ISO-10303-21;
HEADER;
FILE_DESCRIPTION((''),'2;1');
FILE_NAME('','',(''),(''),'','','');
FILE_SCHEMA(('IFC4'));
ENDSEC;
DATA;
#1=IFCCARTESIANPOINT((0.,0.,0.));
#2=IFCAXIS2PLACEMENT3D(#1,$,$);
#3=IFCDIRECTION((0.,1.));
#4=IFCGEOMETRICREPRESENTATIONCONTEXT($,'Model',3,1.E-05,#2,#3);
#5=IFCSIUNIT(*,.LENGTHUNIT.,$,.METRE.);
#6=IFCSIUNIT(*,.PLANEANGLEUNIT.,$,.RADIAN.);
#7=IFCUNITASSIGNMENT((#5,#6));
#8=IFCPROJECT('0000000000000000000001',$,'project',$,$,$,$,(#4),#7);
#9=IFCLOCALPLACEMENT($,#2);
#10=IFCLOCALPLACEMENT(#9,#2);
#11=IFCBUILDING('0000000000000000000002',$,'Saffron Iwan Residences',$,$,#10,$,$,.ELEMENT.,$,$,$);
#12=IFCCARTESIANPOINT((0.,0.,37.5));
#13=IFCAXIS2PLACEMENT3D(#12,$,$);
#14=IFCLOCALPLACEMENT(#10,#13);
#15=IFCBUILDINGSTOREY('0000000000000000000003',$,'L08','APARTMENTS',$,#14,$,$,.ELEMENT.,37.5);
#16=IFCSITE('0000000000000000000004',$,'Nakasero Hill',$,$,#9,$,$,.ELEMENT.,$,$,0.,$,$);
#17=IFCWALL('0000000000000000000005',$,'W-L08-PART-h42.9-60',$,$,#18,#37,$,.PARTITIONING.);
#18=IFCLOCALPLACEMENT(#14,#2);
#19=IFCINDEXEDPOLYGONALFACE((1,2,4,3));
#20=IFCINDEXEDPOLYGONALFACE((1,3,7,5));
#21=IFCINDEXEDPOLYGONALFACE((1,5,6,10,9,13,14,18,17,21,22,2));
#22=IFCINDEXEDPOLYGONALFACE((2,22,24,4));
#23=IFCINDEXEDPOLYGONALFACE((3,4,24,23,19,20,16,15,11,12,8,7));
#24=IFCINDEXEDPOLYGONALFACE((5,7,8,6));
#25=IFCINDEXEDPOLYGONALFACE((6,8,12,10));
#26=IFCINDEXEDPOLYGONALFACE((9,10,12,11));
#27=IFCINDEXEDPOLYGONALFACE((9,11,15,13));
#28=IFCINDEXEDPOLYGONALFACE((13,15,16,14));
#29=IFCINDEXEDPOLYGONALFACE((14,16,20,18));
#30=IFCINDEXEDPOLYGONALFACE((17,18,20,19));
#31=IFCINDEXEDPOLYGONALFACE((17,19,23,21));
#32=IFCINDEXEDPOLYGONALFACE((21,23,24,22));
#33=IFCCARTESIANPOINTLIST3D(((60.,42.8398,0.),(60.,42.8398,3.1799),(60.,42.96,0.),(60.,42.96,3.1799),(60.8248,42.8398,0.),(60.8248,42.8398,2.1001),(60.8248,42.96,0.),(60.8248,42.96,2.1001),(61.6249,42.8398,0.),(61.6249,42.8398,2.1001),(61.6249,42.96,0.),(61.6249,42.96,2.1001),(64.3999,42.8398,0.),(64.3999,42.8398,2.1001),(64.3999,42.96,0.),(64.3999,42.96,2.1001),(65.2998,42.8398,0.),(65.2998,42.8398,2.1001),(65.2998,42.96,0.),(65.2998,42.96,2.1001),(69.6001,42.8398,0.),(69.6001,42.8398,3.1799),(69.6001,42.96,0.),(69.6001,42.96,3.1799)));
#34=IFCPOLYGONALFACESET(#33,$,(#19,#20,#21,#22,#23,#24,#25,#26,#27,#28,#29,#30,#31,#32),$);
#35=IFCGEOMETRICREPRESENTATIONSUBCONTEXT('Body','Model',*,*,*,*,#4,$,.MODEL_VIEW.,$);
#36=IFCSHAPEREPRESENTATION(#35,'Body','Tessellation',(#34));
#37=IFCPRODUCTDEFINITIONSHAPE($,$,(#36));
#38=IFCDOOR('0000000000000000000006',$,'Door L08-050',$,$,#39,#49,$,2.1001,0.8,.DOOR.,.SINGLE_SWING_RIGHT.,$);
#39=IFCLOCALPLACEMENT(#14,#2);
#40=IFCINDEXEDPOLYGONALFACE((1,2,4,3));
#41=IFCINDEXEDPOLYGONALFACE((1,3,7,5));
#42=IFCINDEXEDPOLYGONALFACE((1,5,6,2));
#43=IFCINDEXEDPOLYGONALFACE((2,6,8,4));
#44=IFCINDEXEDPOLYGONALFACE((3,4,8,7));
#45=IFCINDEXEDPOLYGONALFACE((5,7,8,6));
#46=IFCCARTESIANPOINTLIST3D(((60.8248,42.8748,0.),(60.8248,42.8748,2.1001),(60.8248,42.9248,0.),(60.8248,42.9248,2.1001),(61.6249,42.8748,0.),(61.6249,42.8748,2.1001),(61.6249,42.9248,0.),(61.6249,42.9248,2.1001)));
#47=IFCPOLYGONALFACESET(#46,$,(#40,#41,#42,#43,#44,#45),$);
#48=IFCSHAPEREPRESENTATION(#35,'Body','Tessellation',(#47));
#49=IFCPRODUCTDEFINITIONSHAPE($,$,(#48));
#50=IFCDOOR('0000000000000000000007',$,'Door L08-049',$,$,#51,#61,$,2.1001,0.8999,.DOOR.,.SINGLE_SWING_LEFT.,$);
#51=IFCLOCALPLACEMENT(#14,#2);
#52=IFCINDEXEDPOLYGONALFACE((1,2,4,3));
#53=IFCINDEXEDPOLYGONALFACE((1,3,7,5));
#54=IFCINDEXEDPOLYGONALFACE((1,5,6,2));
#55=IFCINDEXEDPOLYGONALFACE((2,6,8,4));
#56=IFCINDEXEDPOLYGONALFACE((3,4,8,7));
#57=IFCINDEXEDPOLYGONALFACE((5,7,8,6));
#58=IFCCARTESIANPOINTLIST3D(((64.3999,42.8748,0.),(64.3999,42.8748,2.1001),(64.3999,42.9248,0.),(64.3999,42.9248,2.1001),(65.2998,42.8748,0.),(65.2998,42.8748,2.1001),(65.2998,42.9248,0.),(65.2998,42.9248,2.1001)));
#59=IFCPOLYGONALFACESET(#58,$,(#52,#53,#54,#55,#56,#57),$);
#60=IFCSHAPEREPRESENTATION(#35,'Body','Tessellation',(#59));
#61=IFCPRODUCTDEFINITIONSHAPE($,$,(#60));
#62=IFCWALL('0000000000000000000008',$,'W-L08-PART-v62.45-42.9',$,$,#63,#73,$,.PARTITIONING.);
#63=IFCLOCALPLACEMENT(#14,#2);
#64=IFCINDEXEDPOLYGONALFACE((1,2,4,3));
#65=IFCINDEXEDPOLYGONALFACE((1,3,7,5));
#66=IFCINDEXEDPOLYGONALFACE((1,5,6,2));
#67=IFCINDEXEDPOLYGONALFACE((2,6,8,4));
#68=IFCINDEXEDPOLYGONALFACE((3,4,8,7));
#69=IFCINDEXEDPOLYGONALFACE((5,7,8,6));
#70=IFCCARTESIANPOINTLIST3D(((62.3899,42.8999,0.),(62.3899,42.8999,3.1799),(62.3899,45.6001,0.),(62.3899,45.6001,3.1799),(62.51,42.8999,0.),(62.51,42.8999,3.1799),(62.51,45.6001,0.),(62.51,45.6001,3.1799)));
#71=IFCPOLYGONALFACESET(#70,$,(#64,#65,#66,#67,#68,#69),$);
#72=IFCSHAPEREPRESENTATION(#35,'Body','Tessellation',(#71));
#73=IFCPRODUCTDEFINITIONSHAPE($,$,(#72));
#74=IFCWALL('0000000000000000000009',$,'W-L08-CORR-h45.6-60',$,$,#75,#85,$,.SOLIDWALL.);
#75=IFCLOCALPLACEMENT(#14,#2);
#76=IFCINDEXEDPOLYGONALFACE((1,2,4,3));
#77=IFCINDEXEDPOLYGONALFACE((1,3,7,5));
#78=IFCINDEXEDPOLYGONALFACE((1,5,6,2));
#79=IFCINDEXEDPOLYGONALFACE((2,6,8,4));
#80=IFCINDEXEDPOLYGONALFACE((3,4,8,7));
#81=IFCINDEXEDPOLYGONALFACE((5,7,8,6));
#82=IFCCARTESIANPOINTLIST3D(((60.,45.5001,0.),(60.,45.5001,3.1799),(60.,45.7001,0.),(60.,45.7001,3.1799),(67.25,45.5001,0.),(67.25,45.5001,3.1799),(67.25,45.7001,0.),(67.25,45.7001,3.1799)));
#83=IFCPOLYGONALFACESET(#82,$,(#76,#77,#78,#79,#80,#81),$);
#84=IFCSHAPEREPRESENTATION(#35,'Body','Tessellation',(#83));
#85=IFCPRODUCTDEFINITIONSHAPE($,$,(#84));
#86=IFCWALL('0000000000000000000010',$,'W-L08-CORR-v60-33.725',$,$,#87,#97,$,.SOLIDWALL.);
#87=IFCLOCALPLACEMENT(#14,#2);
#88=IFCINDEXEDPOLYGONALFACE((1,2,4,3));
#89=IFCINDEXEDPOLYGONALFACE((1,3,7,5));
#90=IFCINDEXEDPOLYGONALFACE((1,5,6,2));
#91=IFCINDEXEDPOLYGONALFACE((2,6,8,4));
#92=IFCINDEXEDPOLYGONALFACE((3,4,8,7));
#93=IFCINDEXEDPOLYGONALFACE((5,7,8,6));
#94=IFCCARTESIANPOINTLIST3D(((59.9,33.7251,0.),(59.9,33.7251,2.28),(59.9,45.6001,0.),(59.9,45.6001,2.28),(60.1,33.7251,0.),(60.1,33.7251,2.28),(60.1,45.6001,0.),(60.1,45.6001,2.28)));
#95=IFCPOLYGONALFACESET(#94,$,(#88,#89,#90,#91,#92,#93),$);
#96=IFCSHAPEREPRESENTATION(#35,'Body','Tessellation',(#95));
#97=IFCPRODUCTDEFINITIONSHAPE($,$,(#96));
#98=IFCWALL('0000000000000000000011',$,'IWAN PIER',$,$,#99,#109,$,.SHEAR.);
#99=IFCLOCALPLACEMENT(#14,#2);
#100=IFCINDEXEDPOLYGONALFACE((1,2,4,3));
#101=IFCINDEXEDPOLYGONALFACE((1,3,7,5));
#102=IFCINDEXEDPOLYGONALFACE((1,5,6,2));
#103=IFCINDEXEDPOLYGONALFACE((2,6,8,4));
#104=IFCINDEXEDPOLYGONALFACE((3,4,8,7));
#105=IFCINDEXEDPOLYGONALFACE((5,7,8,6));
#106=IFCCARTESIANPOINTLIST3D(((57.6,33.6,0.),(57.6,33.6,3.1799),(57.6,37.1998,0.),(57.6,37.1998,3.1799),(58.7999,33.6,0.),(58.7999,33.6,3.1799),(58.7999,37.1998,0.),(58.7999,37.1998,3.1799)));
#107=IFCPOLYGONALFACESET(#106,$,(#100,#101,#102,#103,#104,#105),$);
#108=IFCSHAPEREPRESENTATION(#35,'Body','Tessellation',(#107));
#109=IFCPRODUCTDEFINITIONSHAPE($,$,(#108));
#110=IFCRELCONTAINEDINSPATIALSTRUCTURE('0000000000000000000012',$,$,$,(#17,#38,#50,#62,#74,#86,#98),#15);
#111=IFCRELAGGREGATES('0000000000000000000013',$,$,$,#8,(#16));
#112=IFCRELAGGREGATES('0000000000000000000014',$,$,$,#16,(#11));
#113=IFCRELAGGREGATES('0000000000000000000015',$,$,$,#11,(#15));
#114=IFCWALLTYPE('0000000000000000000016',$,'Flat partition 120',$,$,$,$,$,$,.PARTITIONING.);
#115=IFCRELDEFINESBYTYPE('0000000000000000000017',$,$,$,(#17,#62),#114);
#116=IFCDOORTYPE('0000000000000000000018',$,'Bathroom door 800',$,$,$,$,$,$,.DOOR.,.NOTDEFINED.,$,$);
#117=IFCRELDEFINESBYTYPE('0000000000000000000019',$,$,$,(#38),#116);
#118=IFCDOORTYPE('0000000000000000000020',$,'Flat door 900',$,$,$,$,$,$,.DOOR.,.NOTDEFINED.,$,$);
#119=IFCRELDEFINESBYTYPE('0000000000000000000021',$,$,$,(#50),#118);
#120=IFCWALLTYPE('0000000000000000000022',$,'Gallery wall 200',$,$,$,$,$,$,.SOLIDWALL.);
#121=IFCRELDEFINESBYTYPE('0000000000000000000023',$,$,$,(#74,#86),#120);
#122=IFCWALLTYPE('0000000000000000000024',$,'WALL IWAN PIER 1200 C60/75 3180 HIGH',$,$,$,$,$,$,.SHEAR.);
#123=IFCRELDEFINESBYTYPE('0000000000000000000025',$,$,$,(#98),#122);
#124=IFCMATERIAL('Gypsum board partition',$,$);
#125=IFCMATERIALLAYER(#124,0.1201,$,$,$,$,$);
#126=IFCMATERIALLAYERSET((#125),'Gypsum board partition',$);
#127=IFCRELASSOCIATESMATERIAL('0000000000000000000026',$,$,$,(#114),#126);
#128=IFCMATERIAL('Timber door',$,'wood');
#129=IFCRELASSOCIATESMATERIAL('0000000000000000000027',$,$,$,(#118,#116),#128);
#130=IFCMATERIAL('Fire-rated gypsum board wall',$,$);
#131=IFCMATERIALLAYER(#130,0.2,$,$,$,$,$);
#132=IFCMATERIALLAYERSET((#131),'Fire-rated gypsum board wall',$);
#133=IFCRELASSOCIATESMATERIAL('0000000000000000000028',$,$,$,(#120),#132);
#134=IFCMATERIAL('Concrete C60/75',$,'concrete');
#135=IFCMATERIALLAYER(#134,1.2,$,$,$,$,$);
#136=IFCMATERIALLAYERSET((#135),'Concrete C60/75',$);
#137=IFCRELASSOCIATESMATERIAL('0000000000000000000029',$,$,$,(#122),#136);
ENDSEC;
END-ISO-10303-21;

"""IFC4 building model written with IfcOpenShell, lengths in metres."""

from ifc_helpers import new_model, si_unit, direction, frame, frame_2d, origin, place, context, subcontext, project, spatial, rectangle, extrude, material, layer, layer_set, type_object, element, fill, save


model = new_model("IFC4")

# Units and contexts
model_context = context("Model", 3, precision=1e-05, world=origin(), true_north=direction((0.0, 1.0)))
body_context = subcontext(model_context, "Body", "Model", "MODEL_VIEW")
ifc_project = project(units=[si_unit("LENGTHUNIT", "METRE"), si_unit("PLANEANGLEUNIT", "RADIAN")], contexts=[model_context])

# Site, building, storey
site_placement = place(None, origin())
site = spatial("IfcSite", under=ifc_project, at=site_placement, Name="Nakasero Hill", CompositionType="ELEMENT", RefElevation=0.0)
building_placement = place(site_placement, origin())
building = spatial("IfcBuilding", under=site, at=building_placement, Name="Saffron Iwan Residences", CompositionType="ELEMENT")
storey_placement = place(building_placement, frame((0.0, 0.0, 37.5)))
storey = spatial("IfcBuildingStorey", under=building, at=storey_placement, Name="L08", Description="APARTMENTS", CompositionType="ELEMENT", Elevation=37.5)

# Shared definitions
ifc_material_1 = material(Name="Concrete C60/75", Category="concrete")

# Wall, openings, doors
ifc_material_2 = material(Name="Gypsum board partition")
ifc_layer_1 = layer(ifc_material_2, 0.1201)
ifc_layer_set_1 = layer_set([ifc_layer_1], Name="Gypsum board partition")
wall_type_1 = type_object("IfcWallType", Name="Flat partition 120", PredefinedType="PARTITIONING", material=ifc_layer_set_1)
ifc_material_3 = material(Name="Timber door", Category="wood")
door_type_1 = type_object("IfcDoorType", Name="Flat door 900", OperationType="NOTDEFINED", PredefinedType="DOOR", material=ifc_material_3)
wall_1_placement = place(storey_placement, frame((60.0, 42.8999, 0.0), z_axis=(0.0, 0.0, 1.0), x_axis=(1.0, 0.0, 0.0)))
wall_1 = element("IfcWall", 1, at=wall_1_placement, inside=storey, type_object=wall_type_1, Name="W-L08-PART-h42.9-60", PredefinedType="PARTITIONING", context=body_context, shape_type="SweptSolid", body=[
    extrude(rectangle(XDim=9.6001, YDim=0.1201, at=frame_2d((4.8, 0.0))), origin(), (0.0, 0.0, 1.0), 3.1799),
])
opening_1_placement = place(wall_1_placement, frame((4.3999, 0.0, 0.0)))
opening_1 = element("IfcOpeningElement", 2, at=opening_1_placement, cuts=wall_1, PredefinedType="OPENING", context=body_context, shape_type="SweptSolid", body=[
    extrude(rectangle(XDim=0.8999, YDim=2.1001, at=frame_2d((0.45, 1.05))), frame((0.0, 0.0701, 0.0), z_axis=(0.0, -1.0, 0.0), x_axis=(1.0, 0.0, 0.0)), (0.0, 0.0, 1.0), 0.1401),
])
opening_2_placement = place(wall_1_placement, frame((0.825, 0.0, 0.0)))
opening_2 = element("IfcOpeningElement", 3, at=opening_2_placement, cuts=wall_1, PredefinedType="OPENING", context=body_context, shape_type="SweptSolid", body=[
    extrude(rectangle(XDim=0.8, YDim=2.1001, at=frame_2d((0.3999, 1.05))), frame((0.0, 0.0701, 0.0), z_axis=(0.0, -1.0, 0.0), x_axis=(1.0, 0.0, 0.0)), (0.0, 0.0, 1.0), 0.1401),
])
door_type_2 = type_object("IfcDoorType", Name="Bathroom door 800", OperationType="NOTDEFINED", PredefinedType="DOOR", material=ifc_material_3)
door_1_placement = place(opening_2_placement, origin())
door_1 = element("IfcDoor", 4, at=door_1_placement, inside=storey, type_object=door_type_2, Name="Door L08-050", OperationType="SINGLE_SWING_RIGHT", OverallHeight=2.1001, OverallWidth=0.8, PredefinedType="DOOR", context=body_context, shape_type="SweptSolid", body=[
    extrude(rectangle(XDim=0.8, YDim=2.1001, at=frame_2d((0.3999, 1.05))), frame((0.0, 0.0249, 0.0), z_axis=(0.0, -1.0, 0.0), x_axis=(1.0, 0.0, 0.0)), (0.0, 0.0, 1.0), 0.05),
])
fill(opening_2, door_1)
door_2_placement = place(opening_1_placement, origin())
door_2 = element("IfcDoor", 5, at=door_2_placement, inside=storey, type_object=door_type_1, Name="Door L08-049", OperationType="SINGLE_SWING_LEFT", OverallHeight=2.1001, OverallWidth=0.8999, PredefinedType="DOOR", context=body_context, shape_type="SweptSolid", body=[
    extrude(rectangle(XDim=0.8999, YDim=2.1001, at=frame_2d((0.45, 1.05))), frame((0.0, 0.0249, 0.0), z_axis=(0.0, -1.0, 0.0), x_axis=(1.0, 0.0, 0.0)), (0.0, 0.0, 1.0), 0.05),
])
fill(opening_1, door_2)

# Walls
wall_2_placement = place(storey_placement, frame((62.45, 42.8999, 0.0), z_axis=(0.0, 0.0, 1.0), x_axis=(0.0, 1.0, 0.0)))
element("IfcWall", 6, at=wall_2_placement, inside=storey, type_object=wall_type_1, Name="W-L08-PART-v62.45-42.9", PredefinedType="PARTITIONING", context=body_context, shape_type="SweptSolid", body=[
    extrude(rectangle(XDim=2.7002, YDim=0.1201, at=frame_2d((1.3501, 0.0))), origin(), (0.0, 0.0, 1.0), 3.1799),
])
ifc_material_4 = material(Name="Fire-rated gypsum board wall")
ifc_layer_2 = layer(ifc_material_4, 0.2)
ifc_layer_set_2 = layer_set([ifc_layer_2], Name="Fire-rated gypsum board wall")
wall_type_2 = type_object("IfcWallType", Name="Gallery wall 200", PredefinedType="SOLIDWALL", material=ifc_layer_set_2)
wall_3_placement = place(storey_placement, frame((60.0, 45.6001, 0.0), z_axis=(0.0, 0.0, 1.0), x_axis=(1.0, 0.0, 0.0)))
element("IfcWall", 7, at=wall_3_placement, inside=storey, type_object=wall_type_2, Name="W-L08-CORR-h45.6-60", PredefinedType="SOLIDWALL", context=body_context, shape_type="SweptSolid", body=[
    extrude(rectangle(XDim=7.25, YDim=0.2, at=frame_2d((3.625, 0.0))), origin(), (0.0, 0.0, 1.0), 3.1799),
])
wall_4_placement = place(storey_placement, frame((60.0, 33.7251, 0.0), z_axis=(0.0, 0.0, 1.0), x_axis=(0.0, 1.0, 0.0)))
element("IfcWall", 8, at=wall_4_placement, inside=storey, type_object=wall_type_2, Name="W-L08-CORR-v60-33.725", PredefinedType="SOLIDWALL", context=body_context, shape_type="SweptSolid", body=[
    extrude(rectangle(XDim=11.875, YDim=0.2, at=frame_2d((5.9375, 0.0))), origin(), (0.0, 0.0, 1.0), 2.28),
])
ifc_layer_3 = layer(ifc_material_1, 1.2)
ifc_layer_set_3 = layer_set([ifc_layer_3], Name="Concrete C60/75")
wall_type_3 = type_object("IfcWallType", Name="WALL IWAN PIER 1200 C60/75 3180 HIGH", PredefinedType="SHEAR", material=ifc_layer_set_3)
wall_5_placement = place(storey_placement, frame((58.2, 33.6001, 0.0), z_axis=(0.0, 0.0, 1.0), x_axis=(0.0, 1.0, 0.0)))
element("IfcWall", 9, at=wall_5_placement, inside=storey, type_object=wall_type_3, Name="IWAN PIER", PredefinedType="SHEAR", context=body_context, shape_type="SweptSolid", body=[
    extrude(rectangle(XDim=3.5999, YDim=1.2, at=frame_2d((1.7998, 0.0))), origin(), (0.0, 0.0, 1.0), 3.1799),
])

save(model, "model.ifc")
